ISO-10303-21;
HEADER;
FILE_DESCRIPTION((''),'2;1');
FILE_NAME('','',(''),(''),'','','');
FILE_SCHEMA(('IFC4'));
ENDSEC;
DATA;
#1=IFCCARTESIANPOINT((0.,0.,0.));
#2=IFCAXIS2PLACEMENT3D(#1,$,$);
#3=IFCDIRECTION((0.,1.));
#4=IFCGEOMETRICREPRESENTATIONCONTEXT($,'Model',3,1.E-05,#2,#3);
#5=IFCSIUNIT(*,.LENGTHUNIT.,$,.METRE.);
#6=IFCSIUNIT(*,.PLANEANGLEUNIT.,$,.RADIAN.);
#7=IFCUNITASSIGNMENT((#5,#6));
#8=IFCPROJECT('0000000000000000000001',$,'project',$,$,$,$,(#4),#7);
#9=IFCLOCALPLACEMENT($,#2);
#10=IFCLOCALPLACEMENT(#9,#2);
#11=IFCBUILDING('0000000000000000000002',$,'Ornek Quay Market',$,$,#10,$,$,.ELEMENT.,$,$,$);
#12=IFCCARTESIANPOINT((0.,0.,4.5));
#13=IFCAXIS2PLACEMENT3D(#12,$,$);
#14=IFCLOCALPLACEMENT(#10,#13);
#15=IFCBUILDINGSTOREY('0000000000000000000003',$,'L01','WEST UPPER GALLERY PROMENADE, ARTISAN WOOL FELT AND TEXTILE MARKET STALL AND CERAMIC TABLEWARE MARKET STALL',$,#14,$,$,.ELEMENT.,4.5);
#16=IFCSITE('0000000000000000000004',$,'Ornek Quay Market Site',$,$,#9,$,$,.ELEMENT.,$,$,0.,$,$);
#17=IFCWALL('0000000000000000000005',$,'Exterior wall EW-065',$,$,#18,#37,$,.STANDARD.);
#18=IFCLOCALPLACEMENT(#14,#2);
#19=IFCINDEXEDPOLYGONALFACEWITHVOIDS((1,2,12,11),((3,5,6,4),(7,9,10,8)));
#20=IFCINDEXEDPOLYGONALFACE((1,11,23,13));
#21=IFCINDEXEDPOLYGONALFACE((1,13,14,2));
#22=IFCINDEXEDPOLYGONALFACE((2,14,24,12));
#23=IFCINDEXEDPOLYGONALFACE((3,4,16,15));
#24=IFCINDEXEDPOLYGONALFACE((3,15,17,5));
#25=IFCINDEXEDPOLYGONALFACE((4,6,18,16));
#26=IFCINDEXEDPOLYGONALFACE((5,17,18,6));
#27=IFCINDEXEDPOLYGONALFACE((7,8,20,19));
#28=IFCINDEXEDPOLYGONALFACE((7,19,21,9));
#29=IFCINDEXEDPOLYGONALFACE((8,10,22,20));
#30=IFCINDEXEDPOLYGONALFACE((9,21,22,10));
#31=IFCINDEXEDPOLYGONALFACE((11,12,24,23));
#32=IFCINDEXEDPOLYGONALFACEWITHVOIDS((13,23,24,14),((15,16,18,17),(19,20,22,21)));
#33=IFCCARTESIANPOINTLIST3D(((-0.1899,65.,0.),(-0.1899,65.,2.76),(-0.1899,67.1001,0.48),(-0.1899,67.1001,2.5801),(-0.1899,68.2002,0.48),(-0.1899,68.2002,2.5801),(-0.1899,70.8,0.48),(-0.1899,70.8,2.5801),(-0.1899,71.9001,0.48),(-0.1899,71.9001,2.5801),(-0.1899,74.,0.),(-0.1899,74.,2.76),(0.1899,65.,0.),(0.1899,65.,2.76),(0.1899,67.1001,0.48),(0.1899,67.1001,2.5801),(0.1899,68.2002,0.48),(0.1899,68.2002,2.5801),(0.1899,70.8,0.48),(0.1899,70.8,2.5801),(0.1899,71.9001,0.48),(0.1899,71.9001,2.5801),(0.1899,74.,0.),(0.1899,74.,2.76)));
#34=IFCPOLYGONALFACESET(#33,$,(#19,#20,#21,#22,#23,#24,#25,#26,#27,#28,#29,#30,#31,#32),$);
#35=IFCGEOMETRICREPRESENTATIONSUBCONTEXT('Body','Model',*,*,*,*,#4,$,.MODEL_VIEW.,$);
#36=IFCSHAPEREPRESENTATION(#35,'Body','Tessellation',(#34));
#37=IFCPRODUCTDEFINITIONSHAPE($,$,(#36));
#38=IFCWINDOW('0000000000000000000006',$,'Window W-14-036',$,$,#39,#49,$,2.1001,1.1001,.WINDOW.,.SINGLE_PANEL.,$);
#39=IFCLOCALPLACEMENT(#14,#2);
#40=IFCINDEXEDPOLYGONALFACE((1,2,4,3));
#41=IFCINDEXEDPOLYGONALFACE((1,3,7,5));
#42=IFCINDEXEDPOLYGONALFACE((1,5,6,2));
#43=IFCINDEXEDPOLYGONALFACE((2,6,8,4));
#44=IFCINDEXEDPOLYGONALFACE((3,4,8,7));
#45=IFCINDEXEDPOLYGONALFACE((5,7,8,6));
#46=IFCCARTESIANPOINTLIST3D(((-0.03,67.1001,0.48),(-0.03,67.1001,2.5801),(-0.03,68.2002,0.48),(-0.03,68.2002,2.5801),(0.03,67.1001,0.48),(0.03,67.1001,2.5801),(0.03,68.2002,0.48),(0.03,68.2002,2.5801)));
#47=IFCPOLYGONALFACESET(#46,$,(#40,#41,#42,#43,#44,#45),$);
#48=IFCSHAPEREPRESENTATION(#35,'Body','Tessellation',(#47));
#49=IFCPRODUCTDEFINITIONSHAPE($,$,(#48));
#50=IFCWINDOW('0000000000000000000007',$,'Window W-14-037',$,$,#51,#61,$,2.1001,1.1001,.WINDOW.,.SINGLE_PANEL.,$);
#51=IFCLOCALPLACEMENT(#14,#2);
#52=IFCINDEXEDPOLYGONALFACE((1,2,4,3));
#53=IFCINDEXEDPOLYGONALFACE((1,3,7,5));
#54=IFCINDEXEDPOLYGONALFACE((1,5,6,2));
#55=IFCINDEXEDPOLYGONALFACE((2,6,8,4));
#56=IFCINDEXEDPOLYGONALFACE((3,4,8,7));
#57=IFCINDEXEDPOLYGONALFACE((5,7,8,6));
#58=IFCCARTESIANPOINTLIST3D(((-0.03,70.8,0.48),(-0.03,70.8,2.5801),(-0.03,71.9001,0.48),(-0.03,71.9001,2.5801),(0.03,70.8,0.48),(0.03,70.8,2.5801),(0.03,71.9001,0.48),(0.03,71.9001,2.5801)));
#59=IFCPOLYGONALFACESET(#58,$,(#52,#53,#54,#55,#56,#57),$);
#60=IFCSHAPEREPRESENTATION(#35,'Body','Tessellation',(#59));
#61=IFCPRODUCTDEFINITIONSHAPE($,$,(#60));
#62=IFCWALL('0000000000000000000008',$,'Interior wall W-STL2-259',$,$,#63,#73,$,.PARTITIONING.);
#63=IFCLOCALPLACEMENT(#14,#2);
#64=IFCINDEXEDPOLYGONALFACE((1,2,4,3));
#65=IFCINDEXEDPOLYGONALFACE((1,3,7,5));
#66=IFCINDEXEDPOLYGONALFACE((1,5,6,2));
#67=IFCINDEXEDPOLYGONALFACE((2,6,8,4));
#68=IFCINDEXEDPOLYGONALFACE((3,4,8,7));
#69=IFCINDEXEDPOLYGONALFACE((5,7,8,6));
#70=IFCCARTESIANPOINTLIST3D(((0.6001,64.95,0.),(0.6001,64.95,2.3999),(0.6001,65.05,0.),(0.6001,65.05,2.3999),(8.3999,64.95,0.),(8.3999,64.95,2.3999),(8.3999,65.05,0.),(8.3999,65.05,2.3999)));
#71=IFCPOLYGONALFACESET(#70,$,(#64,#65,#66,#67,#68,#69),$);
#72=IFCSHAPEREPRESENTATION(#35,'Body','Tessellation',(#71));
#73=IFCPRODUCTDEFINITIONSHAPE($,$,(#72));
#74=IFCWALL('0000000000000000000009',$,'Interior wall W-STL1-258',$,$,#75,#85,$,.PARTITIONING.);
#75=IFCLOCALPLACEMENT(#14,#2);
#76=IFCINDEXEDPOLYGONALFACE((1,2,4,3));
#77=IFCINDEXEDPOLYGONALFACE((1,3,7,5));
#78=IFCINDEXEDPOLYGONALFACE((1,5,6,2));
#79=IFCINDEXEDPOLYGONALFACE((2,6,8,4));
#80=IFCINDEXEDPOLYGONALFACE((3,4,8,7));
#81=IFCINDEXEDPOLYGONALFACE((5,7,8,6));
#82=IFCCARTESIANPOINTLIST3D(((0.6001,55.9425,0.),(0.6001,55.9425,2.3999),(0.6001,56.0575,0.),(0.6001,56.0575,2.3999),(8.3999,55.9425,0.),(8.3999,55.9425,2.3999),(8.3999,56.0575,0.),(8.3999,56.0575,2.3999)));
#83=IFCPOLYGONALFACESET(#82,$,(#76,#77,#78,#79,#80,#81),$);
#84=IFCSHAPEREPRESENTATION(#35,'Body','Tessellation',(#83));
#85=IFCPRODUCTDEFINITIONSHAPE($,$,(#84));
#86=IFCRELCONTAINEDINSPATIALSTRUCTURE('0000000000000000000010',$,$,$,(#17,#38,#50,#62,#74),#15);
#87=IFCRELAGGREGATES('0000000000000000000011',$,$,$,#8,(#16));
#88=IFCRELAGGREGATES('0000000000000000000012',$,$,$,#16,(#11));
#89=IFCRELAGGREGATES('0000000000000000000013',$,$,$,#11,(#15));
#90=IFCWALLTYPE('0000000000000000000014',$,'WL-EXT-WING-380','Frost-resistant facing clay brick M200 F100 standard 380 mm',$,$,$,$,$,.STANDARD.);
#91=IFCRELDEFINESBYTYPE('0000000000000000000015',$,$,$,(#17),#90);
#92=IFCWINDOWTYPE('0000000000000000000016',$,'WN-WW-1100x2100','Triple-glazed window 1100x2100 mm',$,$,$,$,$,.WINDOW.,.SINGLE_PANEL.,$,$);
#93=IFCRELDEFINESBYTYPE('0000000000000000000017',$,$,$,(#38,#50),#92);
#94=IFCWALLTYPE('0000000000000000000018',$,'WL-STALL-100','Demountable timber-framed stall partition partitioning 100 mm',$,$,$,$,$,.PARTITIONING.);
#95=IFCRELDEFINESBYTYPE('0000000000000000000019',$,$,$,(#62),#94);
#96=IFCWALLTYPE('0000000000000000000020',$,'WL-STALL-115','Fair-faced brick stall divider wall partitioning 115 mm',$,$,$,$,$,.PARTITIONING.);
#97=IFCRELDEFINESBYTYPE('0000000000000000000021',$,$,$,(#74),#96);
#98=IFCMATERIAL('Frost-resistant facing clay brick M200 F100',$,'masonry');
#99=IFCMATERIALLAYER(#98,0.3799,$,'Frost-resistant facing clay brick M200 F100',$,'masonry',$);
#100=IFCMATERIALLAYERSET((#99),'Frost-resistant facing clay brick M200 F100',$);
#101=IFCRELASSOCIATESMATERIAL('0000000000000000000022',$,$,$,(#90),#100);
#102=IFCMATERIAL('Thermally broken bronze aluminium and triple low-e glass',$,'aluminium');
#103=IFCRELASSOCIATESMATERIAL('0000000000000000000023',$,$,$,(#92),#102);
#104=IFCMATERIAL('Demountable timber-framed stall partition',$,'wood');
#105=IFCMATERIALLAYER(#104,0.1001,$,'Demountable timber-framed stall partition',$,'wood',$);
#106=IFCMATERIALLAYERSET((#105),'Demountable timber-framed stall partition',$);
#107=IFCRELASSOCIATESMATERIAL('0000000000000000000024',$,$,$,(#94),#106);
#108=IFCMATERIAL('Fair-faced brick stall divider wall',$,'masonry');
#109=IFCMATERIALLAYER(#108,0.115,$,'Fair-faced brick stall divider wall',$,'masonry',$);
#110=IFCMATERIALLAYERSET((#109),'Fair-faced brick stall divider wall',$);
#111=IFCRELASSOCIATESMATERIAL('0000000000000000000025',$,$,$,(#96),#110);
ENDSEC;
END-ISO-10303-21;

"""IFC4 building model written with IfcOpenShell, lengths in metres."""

from ifc_helpers import new_model, si_unit, direction, frame, frame_2d, origin, place, context, subcontext, project, spatial, rectangle, extrude, material, layer, layer_set, type_object, element, fill, save


model = new_model("IFC4")

# Units and contexts
model_context = context("Model", 3, precision=1e-05, world=origin(), true_north=direction((0.0, 1.0)))
body_context = subcontext(model_context, "Body", "Model", "MODEL_VIEW")
ifc_project = project(units=[si_unit("LENGTHUNIT", "METRE"), si_unit("PLANEANGLEUNIT", "RADIAN")], contexts=[model_context])

# Site, building, storey
site_placement = place(None, origin())
site = spatial("IfcSite", under=ifc_project, at=site_placement, Name="Ornek Quay Market Site", CompositionType="ELEMENT", RefElevation=0.0)
building_placement = place(site_placement, origin())
building = spatial("IfcBuilding", under=site, at=building_placement, Name="Ornek Quay Market", CompositionType="ELEMENT")
storey_placement = place(building_placement, frame((0.0, 0.0, 4.5)))
storey = spatial("IfcBuildingStorey", under=building, at=storey_placement, Name="L01", Description="WEST UPPER GALLERY PROMENADE, ARTISAN WOOL FELT AND TEXTILE MARKET STALL AND CERAMIC TABLEWARE MARKET STALL", CompositionType="ELEMENT", Elevation=4.5)

# Wall, openings, windows
ifc_material_1 = material(Name="Frost-resistant facing clay brick M200 F100", Category="masonry")
ifc_layer_1 = layer(ifc_material_1, 0.3799, Name="Frost-resistant facing clay brick M200 F100", Category="masonry")
ifc_layer_set_1 = layer_set([ifc_layer_1], Name="Frost-resistant facing clay brick M200 F100")
wall_type_1 = type_object("IfcWallType", Name="WL-EXT-WING-380", Description="Frost-resistant facing clay brick M200 F100 standard 380 mm", PredefinedType="STANDARD", material=ifc_layer_set_1)
ifc_material_2 = material(Name="Thermally broken bronze aluminium and triple low-e glass", Category="aluminium")
wall_1_placement = place(storey_placement, frame((0.0, 65.0, 0.0), z_axis=(0.0, 0.0, 1.0), x_axis=(0.0, 1.0, 0.0)))
wall_1 = element("IfcWall", 1, at=wall_1_placement, inside=storey, type_object=wall_type_1, Name="Exterior wall EW-065", PredefinedType="STANDARD", context=body_context, shape_type="SweptSolid", body=[
    extrude(rectangle(XDim=9.0, YDim=0.3799, at=frame_2d((4.5, 0.0))), origin(), (0.0, 0.0, 1.0), 2.76),
])
opening_1_placement = place(wall_1_placement, frame((2.1001, 0.0, 0.48)))
opening_1 = element("IfcOpeningElement", 2, at=opening_1_placement, cuts=wall_1, PredefinedType="OPENING", context=body_context, shape_type="SweptSolid", body=[
    extrude(rectangle(XDim=1.1001, YDim=2.1001, at=frame_2d((0.55, 1.05))), frame((0.0, 0.2, 0.0), z_axis=(0.0, -1.0, 0.0), x_axis=(1.0, 0.0, 0.0)), (0.0, 0.0, 1.0), 0.3999),
])
opening_2_placement = place(wall_1_placement, frame((5.8, 0.0, 0.48)))
opening_2 = element("IfcOpeningElement", 3, at=opening_2_placement, cuts=wall_1, PredefinedType="OPENING", context=body_context, shape_type="SweptSolid", body=[
    extrude(rectangle(XDim=1.1001, YDim=2.1001, at=frame_2d((0.55, 1.05))), frame((0.0, 0.2, 0.0), z_axis=(0.0, -1.0, 0.0), x_axis=(1.0, 0.0, 0.0)), (0.0, 0.0, 1.0), 0.3999),
])
window_type_1 = type_object("IfcWindowType", Name="WN-WW-1100x2100", Description="Triple-glazed window 1100x2100 mm", PartitioningType="SINGLE_PANEL", PredefinedType="WINDOW", material=ifc_material_2)
window_1_placement = place(opening_1_placement, origin())
window_1 = element("IfcWindow", 4, at=window_1_placement, inside=storey, type_object=window_type_1, Name="Window W-14-036", OverallHeight=2.1001, OverallWidth=1.1001, PartitioningType="SINGLE_PANEL", PredefinedType="WINDOW", context=body_context, shape_type="SweptSolid", body=[
    extrude(rectangle(XDim=1.1001, YDim=2.1001, at=frame_2d((0.55, 1.05))), frame((0.0, 0.03, 0.0), z_axis=(0.0, -1.0, 0.0), x_axis=(1.0, 0.0, 0.0)), (0.0, 0.0, 1.0), 0.0601),
])
fill(opening_1, window_1)
window_2_placement = place(opening_2_placement, origin())
window_2 = element("IfcWindow", 5, at=window_2_placement, inside=storey, type_object=window_type_1, Name="Window W-14-037", OverallHeight=2.1001, OverallWidth=1.1001, PartitioningType="SINGLE_PANEL", PredefinedType="WINDOW", context=body_context, shape_type="SweptSolid", body=[
    extrude(rectangle(XDim=1.1001, YDim=2.1001, at=frame_2d((0.55, 1.05))), frame((0.0, 0.03, 0.0), z_axis=(0.0, -1.0, 0.0), x_axis=(1.0, 0.0, 0.0)), (0.0, 0.0, 1.0), 0.0601),
])
fill(opening_2, window_2)

# Walls
ifc_material_3 = material(Name="Demountable timber-framed stall partition", Category="wood")
ifc_layer_2 = layer(ifc_material_3, 0.1001, Name="Demountable timber-framed stall partition", Category="wood")
ifc_layer_set_2 = layer_set([ifc_layer_2], Name="Demountable timber-framed stall partition")
wall_type_2 = type_object("IfcWallType", Name="WL-STALL-100", Description="Demountable timber-framed stall partition partitioning 100 mm", PredefinedType="PARTITIONING", material=ifc_layer_set_2)
wall_2_placement = place(storey_placement, frame((0.6001, 65.0, 0.0), z_axis=(0.0, 0.0, 1.0), x_axis=(1.0, 0.0, 0.0)))
element("IfcWall", 6, at=wall_2_placement, inside=storey, type_object=wall_type_2, Name="Interior wall W-STL2-259", PredefinedType="PARTITIONING", context=body_context, shape_type="SweptSolid", body=[
    extrude(rectangle(XDim=7.7998, YDim=0.1001, at=frame_2d((3.8999, 0.0))), origin(), (0.0, 0.0, 1.0), 2.3999),
])
ifc_material_4 = material(Name="Fair-faced brick stall divider wall", Category="masonry")
ifc_layer_3 = layer(ifc_material_4, 0.115, Name="Fair-faced brick stall divider wall", Category="masonry")
ifc_layer_set_3 = layer_set([ifc_layer_3], Name="Fair-faced brick stall divider wall")
wall_type_3 = type_object("IfcWallType", Name="WL-STALL-115", Description="Fair-faced brick stall divider wall partitioning 115 mm", PredefinedType="PARTITIONING", material=ifc_layer_set_3)
wall_3_placement = place(storey_placement, frame((0.6001, 56.0, 0.0), z_axis=(0.0, 0.0, 1.0), x_axis=(1.0, 0.0, 0.0)))
element("IfcWall", 7, at=wall_3_placement, inside=storey, type_object=wall_type_3, Name="Interior wall W-STL1-258", PredefinedType="PARTITIONING", context=body_context, shape_type="SweptSolid", body=[
    extrude(rectangle(XDim=7.7998, YDim=0.115, at=frame_2d((3.8999, 0.0))), origin(), (0.0, 0.0, 1.0), 2.3999),
])

save(model, "model.ifc")
